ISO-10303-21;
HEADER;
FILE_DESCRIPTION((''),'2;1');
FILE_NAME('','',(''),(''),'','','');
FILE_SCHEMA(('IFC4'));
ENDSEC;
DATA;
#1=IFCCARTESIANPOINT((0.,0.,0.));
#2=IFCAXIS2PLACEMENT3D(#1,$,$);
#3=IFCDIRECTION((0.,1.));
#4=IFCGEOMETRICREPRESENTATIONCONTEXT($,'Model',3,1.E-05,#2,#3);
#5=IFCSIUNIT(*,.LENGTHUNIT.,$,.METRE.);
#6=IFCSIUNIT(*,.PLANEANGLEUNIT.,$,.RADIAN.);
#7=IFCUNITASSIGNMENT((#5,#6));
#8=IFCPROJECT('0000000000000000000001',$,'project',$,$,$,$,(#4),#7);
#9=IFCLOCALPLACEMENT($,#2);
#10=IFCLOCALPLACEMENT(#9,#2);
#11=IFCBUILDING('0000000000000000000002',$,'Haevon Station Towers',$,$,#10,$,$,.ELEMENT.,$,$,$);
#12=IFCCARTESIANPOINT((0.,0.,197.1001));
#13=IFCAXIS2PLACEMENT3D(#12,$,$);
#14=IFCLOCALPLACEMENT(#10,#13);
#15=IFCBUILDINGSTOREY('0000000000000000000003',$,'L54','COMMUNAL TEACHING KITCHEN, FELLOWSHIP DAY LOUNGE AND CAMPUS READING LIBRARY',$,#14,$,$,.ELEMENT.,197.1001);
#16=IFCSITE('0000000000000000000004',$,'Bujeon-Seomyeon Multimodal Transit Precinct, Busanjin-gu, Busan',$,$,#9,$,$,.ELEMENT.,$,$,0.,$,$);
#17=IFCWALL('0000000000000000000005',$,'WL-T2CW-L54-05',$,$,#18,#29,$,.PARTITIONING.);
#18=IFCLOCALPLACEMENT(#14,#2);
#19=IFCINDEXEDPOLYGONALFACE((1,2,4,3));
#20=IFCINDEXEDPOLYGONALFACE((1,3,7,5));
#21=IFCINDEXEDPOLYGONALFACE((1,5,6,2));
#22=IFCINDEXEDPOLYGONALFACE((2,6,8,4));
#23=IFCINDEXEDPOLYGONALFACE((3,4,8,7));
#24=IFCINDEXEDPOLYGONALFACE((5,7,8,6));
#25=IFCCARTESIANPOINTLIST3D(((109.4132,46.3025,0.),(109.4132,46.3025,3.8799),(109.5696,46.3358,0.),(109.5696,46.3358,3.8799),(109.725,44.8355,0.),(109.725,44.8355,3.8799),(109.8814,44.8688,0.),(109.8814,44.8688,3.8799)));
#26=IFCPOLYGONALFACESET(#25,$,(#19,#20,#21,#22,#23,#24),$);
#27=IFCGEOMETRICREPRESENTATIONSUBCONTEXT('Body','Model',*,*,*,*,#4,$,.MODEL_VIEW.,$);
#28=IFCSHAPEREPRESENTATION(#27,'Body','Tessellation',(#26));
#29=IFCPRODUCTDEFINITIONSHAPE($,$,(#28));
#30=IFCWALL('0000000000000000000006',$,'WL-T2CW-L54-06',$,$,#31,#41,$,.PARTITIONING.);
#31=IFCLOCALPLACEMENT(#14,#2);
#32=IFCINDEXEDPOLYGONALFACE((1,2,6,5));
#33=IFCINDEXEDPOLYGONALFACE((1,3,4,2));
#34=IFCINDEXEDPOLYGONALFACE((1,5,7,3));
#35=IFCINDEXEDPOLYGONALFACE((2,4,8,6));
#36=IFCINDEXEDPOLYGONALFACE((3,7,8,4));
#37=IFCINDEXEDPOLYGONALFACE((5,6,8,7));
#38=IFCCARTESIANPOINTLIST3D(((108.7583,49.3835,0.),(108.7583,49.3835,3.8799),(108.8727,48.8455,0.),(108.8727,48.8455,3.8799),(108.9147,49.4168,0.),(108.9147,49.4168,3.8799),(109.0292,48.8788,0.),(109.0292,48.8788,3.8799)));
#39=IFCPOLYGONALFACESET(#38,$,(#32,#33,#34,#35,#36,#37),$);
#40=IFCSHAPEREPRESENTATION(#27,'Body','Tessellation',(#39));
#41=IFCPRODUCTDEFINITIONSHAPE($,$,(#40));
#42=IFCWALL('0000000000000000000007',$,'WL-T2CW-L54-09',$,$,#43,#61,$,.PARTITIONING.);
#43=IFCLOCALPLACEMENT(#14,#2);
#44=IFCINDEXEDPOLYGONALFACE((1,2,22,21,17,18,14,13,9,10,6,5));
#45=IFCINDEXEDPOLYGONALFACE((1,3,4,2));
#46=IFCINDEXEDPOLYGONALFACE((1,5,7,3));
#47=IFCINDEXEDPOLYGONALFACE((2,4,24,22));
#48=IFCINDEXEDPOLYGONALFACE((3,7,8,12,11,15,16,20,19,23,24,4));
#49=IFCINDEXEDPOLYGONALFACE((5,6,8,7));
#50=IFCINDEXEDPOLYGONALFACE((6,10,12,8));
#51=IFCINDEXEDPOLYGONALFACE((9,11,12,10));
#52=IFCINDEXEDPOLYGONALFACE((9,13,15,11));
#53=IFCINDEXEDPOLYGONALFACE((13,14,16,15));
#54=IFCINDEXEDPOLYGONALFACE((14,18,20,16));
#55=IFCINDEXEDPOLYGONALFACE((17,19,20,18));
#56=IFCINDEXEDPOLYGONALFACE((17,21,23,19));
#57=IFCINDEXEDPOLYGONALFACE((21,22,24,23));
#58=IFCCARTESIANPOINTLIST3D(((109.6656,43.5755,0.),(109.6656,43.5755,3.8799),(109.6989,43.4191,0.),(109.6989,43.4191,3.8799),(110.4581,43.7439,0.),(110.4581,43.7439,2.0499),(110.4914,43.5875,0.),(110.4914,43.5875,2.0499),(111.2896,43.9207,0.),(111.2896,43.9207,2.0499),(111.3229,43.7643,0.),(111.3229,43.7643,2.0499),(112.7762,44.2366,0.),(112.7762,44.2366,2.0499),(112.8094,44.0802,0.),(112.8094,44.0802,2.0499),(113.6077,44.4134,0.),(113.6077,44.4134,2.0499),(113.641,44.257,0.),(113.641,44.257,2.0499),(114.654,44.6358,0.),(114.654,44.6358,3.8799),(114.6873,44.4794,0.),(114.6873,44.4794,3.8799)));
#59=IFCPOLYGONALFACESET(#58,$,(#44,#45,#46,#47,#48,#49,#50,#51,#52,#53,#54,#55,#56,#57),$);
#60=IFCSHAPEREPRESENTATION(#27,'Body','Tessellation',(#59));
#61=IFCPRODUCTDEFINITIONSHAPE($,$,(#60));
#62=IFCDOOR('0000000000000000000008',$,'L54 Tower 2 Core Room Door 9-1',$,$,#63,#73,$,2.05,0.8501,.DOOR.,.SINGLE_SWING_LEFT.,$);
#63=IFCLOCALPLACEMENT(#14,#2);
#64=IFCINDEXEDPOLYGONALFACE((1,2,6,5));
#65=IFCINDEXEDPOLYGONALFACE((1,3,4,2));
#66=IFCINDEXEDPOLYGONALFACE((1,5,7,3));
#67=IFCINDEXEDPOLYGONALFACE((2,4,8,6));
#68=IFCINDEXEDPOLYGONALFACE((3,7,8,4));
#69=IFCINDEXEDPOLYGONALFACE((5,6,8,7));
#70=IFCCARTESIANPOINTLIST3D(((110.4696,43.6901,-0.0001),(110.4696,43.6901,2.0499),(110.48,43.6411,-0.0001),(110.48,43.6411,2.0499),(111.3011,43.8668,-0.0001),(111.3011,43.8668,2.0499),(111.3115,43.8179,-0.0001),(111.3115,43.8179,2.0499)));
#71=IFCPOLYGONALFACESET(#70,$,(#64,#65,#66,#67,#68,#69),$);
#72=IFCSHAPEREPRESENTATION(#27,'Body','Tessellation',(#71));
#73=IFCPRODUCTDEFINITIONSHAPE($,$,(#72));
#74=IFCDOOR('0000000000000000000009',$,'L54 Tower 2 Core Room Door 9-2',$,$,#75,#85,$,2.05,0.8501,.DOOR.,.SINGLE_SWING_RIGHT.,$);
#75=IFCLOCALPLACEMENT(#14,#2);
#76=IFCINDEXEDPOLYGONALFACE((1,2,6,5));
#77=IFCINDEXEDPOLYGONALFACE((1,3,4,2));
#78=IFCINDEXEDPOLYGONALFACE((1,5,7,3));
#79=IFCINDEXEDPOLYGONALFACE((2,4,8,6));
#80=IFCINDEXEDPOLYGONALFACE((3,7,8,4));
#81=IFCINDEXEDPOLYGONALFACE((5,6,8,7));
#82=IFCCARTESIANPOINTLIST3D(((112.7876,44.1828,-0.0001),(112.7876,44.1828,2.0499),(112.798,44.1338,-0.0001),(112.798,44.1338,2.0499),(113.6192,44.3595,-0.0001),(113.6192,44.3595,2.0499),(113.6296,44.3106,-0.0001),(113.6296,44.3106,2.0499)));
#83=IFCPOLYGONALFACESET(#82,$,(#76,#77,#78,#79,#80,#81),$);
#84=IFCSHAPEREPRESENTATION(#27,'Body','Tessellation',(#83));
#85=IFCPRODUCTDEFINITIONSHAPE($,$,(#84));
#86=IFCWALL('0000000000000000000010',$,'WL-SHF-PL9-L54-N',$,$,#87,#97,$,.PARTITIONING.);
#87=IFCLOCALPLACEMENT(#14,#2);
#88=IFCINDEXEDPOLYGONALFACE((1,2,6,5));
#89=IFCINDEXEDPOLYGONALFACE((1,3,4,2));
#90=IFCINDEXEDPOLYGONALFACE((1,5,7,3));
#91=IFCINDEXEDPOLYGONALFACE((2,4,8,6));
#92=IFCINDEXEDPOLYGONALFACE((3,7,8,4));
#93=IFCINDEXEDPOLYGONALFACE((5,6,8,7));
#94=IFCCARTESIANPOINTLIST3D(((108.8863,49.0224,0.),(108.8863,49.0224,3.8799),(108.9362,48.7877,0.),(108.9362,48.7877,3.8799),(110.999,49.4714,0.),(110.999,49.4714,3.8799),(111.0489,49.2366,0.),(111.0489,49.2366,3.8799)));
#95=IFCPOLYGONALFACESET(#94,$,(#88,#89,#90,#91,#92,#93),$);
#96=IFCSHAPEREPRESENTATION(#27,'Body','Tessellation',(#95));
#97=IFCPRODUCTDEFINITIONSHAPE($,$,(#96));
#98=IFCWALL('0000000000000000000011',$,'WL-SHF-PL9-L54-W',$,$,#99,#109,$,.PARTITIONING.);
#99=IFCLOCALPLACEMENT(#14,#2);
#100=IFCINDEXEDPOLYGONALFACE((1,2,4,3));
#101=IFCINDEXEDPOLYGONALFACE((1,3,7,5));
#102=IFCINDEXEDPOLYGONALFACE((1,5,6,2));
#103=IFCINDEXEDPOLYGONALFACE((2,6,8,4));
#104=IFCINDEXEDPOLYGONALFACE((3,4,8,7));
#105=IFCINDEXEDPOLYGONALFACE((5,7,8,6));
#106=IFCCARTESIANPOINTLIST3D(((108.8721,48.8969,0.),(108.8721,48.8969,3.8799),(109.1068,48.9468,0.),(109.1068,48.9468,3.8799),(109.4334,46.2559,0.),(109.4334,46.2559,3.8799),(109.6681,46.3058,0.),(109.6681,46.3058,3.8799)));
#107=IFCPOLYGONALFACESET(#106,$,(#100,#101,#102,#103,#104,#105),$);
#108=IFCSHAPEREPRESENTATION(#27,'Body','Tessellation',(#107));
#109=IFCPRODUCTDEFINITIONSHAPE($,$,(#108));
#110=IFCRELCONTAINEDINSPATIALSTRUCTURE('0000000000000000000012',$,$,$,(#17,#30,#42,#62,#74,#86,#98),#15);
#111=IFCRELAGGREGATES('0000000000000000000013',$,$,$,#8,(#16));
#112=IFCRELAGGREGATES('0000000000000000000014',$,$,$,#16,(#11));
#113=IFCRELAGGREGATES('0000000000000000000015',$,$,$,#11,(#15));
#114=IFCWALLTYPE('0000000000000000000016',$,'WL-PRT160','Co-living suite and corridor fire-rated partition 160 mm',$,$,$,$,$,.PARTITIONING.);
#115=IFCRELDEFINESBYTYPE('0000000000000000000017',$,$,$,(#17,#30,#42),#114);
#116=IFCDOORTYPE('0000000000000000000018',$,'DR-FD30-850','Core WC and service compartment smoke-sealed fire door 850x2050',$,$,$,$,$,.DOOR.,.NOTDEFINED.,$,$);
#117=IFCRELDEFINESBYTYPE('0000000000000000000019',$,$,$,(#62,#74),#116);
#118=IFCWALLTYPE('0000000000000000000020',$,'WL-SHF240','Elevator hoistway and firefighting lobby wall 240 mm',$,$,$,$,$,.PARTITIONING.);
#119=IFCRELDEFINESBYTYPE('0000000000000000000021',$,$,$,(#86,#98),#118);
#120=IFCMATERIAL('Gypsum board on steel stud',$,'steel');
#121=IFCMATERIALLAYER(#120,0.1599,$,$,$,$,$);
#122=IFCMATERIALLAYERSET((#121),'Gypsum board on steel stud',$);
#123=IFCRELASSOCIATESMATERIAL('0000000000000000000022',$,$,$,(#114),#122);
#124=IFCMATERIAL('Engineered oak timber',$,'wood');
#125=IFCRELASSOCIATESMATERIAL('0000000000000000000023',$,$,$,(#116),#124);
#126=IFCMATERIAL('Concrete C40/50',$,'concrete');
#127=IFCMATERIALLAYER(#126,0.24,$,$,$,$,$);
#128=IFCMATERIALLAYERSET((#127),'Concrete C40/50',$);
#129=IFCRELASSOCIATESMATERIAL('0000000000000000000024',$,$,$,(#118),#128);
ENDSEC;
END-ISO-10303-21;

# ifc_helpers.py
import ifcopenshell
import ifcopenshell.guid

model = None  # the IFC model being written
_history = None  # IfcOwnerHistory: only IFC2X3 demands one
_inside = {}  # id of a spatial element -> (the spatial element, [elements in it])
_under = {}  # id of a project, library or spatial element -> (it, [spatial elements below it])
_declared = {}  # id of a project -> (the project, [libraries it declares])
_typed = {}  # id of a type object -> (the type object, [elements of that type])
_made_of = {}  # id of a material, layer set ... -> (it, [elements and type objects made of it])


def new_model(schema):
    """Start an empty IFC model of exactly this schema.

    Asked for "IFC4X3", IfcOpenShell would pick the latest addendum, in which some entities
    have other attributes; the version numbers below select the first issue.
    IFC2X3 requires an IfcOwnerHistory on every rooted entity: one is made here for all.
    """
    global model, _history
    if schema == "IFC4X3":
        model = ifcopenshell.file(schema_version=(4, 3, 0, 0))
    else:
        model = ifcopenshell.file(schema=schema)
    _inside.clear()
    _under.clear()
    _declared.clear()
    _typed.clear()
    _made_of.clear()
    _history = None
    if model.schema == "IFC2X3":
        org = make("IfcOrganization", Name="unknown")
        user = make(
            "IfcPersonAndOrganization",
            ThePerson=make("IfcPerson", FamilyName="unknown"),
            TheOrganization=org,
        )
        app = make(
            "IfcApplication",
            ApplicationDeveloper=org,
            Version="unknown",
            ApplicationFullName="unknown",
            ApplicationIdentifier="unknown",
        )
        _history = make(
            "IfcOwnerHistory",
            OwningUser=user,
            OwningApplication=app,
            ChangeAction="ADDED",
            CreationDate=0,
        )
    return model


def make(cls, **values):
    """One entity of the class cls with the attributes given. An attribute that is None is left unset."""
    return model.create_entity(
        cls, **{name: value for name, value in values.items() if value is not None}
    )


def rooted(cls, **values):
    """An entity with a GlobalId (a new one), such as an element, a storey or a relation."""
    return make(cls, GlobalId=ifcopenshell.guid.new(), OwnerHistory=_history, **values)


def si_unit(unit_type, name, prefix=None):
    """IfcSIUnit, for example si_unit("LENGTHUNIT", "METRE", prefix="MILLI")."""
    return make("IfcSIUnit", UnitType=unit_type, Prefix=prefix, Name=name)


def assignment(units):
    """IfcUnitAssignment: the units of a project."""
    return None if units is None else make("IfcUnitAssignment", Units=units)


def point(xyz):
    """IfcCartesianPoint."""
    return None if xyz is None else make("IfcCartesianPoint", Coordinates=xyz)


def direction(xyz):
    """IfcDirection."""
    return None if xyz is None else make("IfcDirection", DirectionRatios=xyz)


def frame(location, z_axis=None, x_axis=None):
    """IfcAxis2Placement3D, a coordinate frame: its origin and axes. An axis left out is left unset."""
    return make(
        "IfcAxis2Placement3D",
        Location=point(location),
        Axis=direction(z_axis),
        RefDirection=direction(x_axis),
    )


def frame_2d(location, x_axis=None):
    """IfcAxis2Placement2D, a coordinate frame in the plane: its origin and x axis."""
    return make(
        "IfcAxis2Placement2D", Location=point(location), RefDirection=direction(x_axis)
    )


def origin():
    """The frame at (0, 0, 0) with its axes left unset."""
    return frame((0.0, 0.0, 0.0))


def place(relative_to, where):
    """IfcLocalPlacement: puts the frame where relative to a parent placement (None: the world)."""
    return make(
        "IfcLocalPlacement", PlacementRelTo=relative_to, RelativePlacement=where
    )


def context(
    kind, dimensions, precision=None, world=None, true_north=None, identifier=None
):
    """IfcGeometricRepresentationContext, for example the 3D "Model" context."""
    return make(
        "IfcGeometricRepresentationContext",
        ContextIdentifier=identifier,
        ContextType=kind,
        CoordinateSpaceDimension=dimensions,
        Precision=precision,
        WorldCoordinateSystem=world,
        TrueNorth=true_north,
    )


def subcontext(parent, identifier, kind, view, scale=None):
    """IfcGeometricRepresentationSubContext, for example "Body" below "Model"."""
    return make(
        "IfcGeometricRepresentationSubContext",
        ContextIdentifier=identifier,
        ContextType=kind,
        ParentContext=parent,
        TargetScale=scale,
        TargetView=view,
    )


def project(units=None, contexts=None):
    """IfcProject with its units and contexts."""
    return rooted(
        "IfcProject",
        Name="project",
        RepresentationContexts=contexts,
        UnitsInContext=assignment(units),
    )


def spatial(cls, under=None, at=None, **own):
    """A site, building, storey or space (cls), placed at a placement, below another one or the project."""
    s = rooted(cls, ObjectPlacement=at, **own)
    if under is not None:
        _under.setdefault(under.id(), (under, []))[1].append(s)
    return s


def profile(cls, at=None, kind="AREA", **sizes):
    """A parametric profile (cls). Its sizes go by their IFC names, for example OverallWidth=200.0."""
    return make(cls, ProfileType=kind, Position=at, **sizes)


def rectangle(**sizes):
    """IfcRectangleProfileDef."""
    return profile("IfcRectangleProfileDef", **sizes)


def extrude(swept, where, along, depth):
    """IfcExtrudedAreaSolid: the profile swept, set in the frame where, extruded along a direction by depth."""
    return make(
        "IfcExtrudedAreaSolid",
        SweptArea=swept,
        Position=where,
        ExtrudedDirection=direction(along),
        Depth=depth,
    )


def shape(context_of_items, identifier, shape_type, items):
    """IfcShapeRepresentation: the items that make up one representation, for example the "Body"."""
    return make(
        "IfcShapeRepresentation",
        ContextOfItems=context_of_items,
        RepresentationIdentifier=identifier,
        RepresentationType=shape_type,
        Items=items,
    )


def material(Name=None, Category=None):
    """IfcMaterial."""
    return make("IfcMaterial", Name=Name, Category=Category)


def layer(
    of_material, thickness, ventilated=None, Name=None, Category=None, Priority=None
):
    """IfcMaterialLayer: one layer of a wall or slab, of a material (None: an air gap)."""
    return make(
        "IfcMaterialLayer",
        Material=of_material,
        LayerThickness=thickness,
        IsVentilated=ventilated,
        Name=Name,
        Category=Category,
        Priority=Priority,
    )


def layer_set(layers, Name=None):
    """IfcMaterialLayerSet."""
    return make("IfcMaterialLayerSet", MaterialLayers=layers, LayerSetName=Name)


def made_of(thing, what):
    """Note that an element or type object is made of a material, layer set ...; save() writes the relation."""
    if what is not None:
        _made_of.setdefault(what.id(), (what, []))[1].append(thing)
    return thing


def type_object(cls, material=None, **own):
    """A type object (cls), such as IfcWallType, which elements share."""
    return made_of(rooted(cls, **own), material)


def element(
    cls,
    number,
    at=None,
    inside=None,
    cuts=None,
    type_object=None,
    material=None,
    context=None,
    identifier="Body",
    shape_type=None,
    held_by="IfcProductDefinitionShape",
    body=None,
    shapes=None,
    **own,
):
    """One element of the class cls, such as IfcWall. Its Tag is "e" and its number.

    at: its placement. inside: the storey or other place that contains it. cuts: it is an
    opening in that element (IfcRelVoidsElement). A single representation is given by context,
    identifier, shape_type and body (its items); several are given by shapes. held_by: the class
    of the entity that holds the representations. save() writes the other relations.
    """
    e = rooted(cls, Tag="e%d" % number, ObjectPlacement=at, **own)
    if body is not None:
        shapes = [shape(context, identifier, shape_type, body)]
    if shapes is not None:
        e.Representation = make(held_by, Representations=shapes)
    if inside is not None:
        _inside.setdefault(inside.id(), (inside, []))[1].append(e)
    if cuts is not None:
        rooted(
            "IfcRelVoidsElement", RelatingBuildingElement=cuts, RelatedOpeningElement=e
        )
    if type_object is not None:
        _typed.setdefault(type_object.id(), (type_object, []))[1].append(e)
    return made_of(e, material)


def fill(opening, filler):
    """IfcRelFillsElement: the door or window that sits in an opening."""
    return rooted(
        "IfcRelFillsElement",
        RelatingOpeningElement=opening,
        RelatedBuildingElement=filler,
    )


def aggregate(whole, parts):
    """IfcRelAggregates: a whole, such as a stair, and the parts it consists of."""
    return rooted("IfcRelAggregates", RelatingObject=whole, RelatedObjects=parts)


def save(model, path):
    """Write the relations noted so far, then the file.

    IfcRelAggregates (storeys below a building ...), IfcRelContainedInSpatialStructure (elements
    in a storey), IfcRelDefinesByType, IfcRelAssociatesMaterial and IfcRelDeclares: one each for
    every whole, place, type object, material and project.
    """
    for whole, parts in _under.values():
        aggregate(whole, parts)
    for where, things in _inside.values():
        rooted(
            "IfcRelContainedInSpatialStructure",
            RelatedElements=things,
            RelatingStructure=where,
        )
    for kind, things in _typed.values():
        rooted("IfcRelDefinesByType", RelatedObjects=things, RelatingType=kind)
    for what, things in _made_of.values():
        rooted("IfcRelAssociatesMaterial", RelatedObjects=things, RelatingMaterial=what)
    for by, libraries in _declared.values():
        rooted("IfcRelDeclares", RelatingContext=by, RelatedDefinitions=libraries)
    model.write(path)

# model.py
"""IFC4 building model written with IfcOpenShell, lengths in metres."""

from ifc_helpers import new_model, si_unit, direction, frame, frame_2d, origin, place, context, subcontext, project, spatial, rectangle, extrude, material, layer, layer_set, type_object, element, fill, save


model = new_model("IFC4")

# Units and contexts
model_context = context("Model", 3, precision=1e-05, world=origin(), true_north=direction((0.0, 1.0)))
body_context = subcontext(model_context, "Body", "Model", "MODEL_VIEW")
ifc_project = project(units=[si_unit("LENGTHUNIT", "METRE"), si_unit("PLANEANGLEUNIT", "RADIAN")], contexts=[model_context])

# Site, building, storey
site_placement = place(None, origin())
site = spatial("IfcSite", under=ifc_project, at=site_placement, Name="Bujeon-Seomyeon Multimodal Transit Precinct, Busanjin-gu, Busan", CompositionType="ELEMENT", RefElevation=0.0)
building_placement = place(site_placement, origin())
building = spatial("IfcBuilding", under=site, at=building_placement, Name="Haevon Station Towers", CompositionType="ELEMENT")
storey_placement = place(building_placement, frame((0.0, 0.0, 197.1001)))
storey = spatial("IfcBuildingStorey", under=building, at=storey_placement, Name="L54", Description="COMMUNAL TEACHING KITCHEN, FELLOWSHIP DAY LOUNGE AND CAMPUS READING LIBRARY", CompositionType="ELEMENT", Elevation=197.1001)

# Shared definitions
ifc_material_1 = material(Name="Gypsum board on steel stud", Category="steel")
ifc_layer_1 = layer(ifc_material_1, 0.1599)
ifc_layer_set_1 = layer_set([ifc_layer_1], Name="Gypsum board on steel stud")
wall_type_1 = type_object("IfcWallType", Name="WL-PRT160", Description="Co-living suite and corridor fire-rated partition 160 mm", PredefinedType="PARTITIONING", material=ifc_layer_set_1)

# Shared definitions
ifc_material_2 = material(Name="Engineered oak timber", Category="wood")

# Walls
wall_1_placement = place(storey_placement, frame((109.8032, 44.8521, 0.0), z_axis=(0.0, 0.0, 1.0), x_axis=(-0.207872, 0.978156, 0.0)))
element("IfcWall", 1, at=wall_1_placement, inside=storey, type_object=wall_type_1, Name="WL-T2CW-L54-05", PredefinedType="PARTITIONING", context=body_context, shape_type="SweptSolid", body=[
    extrude(rectangle(XDim=1.4998, YDim=0.1599, at=frame_2d((0.75, 0.0))), origin(), (0.0, 0.0, 1.0), 3.8799),
])
wall_2_placement = place(storey_placement, frame((108.9509, 48.8623, 0.0), z_axis=(0.0, 0.0, 1.0), x_axis=(-0.208135, 0.9781, 0.0)))
element("IfcWall", 2, at=wall_2_placement, inside=storey, type_object=wall_type_1, Name="WL-T2CW-L54-06", PredefinedType="PARTITIONING", context=body_context, shape_type="SweptSolid", body=[
    extrude(rectangle(XDim=0.55, YDim=0.1599, at=frame_2d((0.2749, 0.0))), origin(), (0.0, 0.0, 1.0), 3.8799),
])

# Wall, openings, doors
wall_3_placement = place(storey_placement, frame((109.6824, 43.4973, 0.0), z_axis=(0.0, 0.0, 1.0), x_axis=(0.978149, 0.207904, 0.0)))
wall_3 = element("IfcWall", 3, at=wall_3_placement, inside=storey, type_object=wall_type_1, Name="WL-T2CW-L54-09", PredefinedType="PARTITIONING", context=body_context, shape_type="SweptSolid", body=[
    extrude(rectangle(XDim=5.0999, YDim=0.1599, at=frame_2d((2.5498, 0.0))), origin(), (0.0, 0.0, 1.0), 3.8799),
])
opening_1_placement = place(wall_3_placement, frame((0.8101, 0.0, 0.0)))
opening_1 = element("IfcOpeningElement", 4, at=opening_1_placement, cuts=wall_3, PredefinedType="OPENING", context=body_context, shape_type="SweptSolid", body=[
    extrude(rectangle(XDim=0.8501, YDim=2.05, at=frame_2d((0.425, 1.0249))), frame((0.0, 0.0898, 0.0), z_axis=(0.0, -1.0, 0.0), x_axis=(1.0, 0.0, 0.0)), (0.0, 0.0, 1.0), 0.1799),
])
opening_2_placement = place(wall_3_placement, frame((3.1799, 0.0, 0.0)))
opening_2 = element("IfcOpeningElement", 5, at=opening_2_placement, cuts=wall_3, PredefinedType="OPENING", context=body_context, shape_type="SweptSolid", body=[
    extrude(rectangle(XDim=0.8501, YDim=2.05, at=frame_2d((0.425, 1.0249))), frame((0.0, 0.0898, 0.0), z_axis=(0.0, -1.0, 0.0), x_axis=(1.0, 0.0, 0.0)), (0.0, 0.0, 1.0), 0.1799),
])
door_type_1 = type_object("IfcDoorType", Name="DR-FD30-850", Description="Core WC and service compartment smoke-sealed fire door 850x2050", OperationType="NOTDEFINED", PredefinedType="DOOR", material=ifc_material_2)
door_1_placement = place(opening_1_placement, origin())
door_1 = element("IfcDoor", 6, at=door_1_placement, inside=storey, type_object=door_type_1, Name="L54 Tower 2 Core Room Door 9-1", OperationType="SINGLE_SWING_LEFT", OverallHeight=2.05, OverallWidth=0.8501, PredefinedType="DOOR", context=body_context, shape_type="SweptSolid", body=[
    extrude(rectangle(XDim=0.8501, YDim=2.05, at=frame_2d((0.425, 1.0249))), frame((0.0, 0.0249, 0.0), z_axis=(0.0, -1.0, 0.0), x_axis=(1.0, 0.0, 0.0)), (0.0, 0.0, 1.0), 0.05),
])
fill(opening_1, door_1)
door_2_placement = place(opening_2_placement, origin())
door_2 = element("IfcDoor", 7, at=door_2_placement, inside=storey, type_object=door_type_1, Name="L54 Tower 2 Core Room Door 9-2", OperationType="SINGLE_SWING_RIGHT", OverallHeight=2.05, OverallWidth=0.8501, PredefinedType="DOOR", context=body_context, shape_type="SweptSolid", body=[
    extrude(rectangle(XDim=0.8501, YDim=2.05, at=frame_2d((0.425, 1.0249))), frame((0.0, 0.0249, 0.0), z_axis=(0.0, -1.0, 0.0), x_axis=(1.0, 0.0, 0.0)), (0.0, 0.0, 1.0), 0.05),
])
fill(opening_2, door_2)

# Shared definitions
ifc_material_3 = material(Name="Concrete C40/50", Category="concrete")
ifc_layer_2 = layer(ifc_material_3, 0.24)
ifc_layer_set_2 = layer_set([ifc_layer_2], Name="Concrete C40/50")
wall_type_2 = type_object("IfcWallType", Name="WL-SHF240", Description="Elevator hoistway and firefighting lobby wall 240 mm", PredefinedType="PARTITIONING", material=ifc_layer_set_2)

# Walls
wall_4_placement = place(storey_placement, frame((108.9111, 48.905, 0.0), z_axis=(0.0, 0.0, 1.0), x_axis=(0.978158, 0.207861, 0.0)))
element("IfcWall", 8, at=wall_4_placement, inside=storey, type_object=wall_type_2, Name="WL-SHF-PL9-L54-N", PredefinedType="PARTITIONING", context=body_context, shape_type="SweptSolid", body=[
    extrude(rectangle(XDim=2.1599, YDim=0.24, at=frame_2d((1.0801, 0.0))), origin(), (0.0, 0.0, 1.0), 3.8799),
])
wall_5_placement = place(storey_placement, frame((109.5508, 46.2808, 0.0), z_axis=(0.0, 0.0, 1.0), x_axis=(-0.207892, 0.978152, 0.0)))
element("IfcWall", 9, at=wall_5_placement, inside=storey, type_object=wall_type_2, Name="WL-SHF-PL9-L54-W", PredefinedType="PARTITIONING", context=body_context, shape_type="SweptSolid", body=[
    extrude(rectangle(XDim=2.7, YDim=0.24, at=frame_2d((1.3501, 0.0))), origin(), (0.0, 0.0, 1.0), 3.8799),
])

save(model, "model.ifc")
